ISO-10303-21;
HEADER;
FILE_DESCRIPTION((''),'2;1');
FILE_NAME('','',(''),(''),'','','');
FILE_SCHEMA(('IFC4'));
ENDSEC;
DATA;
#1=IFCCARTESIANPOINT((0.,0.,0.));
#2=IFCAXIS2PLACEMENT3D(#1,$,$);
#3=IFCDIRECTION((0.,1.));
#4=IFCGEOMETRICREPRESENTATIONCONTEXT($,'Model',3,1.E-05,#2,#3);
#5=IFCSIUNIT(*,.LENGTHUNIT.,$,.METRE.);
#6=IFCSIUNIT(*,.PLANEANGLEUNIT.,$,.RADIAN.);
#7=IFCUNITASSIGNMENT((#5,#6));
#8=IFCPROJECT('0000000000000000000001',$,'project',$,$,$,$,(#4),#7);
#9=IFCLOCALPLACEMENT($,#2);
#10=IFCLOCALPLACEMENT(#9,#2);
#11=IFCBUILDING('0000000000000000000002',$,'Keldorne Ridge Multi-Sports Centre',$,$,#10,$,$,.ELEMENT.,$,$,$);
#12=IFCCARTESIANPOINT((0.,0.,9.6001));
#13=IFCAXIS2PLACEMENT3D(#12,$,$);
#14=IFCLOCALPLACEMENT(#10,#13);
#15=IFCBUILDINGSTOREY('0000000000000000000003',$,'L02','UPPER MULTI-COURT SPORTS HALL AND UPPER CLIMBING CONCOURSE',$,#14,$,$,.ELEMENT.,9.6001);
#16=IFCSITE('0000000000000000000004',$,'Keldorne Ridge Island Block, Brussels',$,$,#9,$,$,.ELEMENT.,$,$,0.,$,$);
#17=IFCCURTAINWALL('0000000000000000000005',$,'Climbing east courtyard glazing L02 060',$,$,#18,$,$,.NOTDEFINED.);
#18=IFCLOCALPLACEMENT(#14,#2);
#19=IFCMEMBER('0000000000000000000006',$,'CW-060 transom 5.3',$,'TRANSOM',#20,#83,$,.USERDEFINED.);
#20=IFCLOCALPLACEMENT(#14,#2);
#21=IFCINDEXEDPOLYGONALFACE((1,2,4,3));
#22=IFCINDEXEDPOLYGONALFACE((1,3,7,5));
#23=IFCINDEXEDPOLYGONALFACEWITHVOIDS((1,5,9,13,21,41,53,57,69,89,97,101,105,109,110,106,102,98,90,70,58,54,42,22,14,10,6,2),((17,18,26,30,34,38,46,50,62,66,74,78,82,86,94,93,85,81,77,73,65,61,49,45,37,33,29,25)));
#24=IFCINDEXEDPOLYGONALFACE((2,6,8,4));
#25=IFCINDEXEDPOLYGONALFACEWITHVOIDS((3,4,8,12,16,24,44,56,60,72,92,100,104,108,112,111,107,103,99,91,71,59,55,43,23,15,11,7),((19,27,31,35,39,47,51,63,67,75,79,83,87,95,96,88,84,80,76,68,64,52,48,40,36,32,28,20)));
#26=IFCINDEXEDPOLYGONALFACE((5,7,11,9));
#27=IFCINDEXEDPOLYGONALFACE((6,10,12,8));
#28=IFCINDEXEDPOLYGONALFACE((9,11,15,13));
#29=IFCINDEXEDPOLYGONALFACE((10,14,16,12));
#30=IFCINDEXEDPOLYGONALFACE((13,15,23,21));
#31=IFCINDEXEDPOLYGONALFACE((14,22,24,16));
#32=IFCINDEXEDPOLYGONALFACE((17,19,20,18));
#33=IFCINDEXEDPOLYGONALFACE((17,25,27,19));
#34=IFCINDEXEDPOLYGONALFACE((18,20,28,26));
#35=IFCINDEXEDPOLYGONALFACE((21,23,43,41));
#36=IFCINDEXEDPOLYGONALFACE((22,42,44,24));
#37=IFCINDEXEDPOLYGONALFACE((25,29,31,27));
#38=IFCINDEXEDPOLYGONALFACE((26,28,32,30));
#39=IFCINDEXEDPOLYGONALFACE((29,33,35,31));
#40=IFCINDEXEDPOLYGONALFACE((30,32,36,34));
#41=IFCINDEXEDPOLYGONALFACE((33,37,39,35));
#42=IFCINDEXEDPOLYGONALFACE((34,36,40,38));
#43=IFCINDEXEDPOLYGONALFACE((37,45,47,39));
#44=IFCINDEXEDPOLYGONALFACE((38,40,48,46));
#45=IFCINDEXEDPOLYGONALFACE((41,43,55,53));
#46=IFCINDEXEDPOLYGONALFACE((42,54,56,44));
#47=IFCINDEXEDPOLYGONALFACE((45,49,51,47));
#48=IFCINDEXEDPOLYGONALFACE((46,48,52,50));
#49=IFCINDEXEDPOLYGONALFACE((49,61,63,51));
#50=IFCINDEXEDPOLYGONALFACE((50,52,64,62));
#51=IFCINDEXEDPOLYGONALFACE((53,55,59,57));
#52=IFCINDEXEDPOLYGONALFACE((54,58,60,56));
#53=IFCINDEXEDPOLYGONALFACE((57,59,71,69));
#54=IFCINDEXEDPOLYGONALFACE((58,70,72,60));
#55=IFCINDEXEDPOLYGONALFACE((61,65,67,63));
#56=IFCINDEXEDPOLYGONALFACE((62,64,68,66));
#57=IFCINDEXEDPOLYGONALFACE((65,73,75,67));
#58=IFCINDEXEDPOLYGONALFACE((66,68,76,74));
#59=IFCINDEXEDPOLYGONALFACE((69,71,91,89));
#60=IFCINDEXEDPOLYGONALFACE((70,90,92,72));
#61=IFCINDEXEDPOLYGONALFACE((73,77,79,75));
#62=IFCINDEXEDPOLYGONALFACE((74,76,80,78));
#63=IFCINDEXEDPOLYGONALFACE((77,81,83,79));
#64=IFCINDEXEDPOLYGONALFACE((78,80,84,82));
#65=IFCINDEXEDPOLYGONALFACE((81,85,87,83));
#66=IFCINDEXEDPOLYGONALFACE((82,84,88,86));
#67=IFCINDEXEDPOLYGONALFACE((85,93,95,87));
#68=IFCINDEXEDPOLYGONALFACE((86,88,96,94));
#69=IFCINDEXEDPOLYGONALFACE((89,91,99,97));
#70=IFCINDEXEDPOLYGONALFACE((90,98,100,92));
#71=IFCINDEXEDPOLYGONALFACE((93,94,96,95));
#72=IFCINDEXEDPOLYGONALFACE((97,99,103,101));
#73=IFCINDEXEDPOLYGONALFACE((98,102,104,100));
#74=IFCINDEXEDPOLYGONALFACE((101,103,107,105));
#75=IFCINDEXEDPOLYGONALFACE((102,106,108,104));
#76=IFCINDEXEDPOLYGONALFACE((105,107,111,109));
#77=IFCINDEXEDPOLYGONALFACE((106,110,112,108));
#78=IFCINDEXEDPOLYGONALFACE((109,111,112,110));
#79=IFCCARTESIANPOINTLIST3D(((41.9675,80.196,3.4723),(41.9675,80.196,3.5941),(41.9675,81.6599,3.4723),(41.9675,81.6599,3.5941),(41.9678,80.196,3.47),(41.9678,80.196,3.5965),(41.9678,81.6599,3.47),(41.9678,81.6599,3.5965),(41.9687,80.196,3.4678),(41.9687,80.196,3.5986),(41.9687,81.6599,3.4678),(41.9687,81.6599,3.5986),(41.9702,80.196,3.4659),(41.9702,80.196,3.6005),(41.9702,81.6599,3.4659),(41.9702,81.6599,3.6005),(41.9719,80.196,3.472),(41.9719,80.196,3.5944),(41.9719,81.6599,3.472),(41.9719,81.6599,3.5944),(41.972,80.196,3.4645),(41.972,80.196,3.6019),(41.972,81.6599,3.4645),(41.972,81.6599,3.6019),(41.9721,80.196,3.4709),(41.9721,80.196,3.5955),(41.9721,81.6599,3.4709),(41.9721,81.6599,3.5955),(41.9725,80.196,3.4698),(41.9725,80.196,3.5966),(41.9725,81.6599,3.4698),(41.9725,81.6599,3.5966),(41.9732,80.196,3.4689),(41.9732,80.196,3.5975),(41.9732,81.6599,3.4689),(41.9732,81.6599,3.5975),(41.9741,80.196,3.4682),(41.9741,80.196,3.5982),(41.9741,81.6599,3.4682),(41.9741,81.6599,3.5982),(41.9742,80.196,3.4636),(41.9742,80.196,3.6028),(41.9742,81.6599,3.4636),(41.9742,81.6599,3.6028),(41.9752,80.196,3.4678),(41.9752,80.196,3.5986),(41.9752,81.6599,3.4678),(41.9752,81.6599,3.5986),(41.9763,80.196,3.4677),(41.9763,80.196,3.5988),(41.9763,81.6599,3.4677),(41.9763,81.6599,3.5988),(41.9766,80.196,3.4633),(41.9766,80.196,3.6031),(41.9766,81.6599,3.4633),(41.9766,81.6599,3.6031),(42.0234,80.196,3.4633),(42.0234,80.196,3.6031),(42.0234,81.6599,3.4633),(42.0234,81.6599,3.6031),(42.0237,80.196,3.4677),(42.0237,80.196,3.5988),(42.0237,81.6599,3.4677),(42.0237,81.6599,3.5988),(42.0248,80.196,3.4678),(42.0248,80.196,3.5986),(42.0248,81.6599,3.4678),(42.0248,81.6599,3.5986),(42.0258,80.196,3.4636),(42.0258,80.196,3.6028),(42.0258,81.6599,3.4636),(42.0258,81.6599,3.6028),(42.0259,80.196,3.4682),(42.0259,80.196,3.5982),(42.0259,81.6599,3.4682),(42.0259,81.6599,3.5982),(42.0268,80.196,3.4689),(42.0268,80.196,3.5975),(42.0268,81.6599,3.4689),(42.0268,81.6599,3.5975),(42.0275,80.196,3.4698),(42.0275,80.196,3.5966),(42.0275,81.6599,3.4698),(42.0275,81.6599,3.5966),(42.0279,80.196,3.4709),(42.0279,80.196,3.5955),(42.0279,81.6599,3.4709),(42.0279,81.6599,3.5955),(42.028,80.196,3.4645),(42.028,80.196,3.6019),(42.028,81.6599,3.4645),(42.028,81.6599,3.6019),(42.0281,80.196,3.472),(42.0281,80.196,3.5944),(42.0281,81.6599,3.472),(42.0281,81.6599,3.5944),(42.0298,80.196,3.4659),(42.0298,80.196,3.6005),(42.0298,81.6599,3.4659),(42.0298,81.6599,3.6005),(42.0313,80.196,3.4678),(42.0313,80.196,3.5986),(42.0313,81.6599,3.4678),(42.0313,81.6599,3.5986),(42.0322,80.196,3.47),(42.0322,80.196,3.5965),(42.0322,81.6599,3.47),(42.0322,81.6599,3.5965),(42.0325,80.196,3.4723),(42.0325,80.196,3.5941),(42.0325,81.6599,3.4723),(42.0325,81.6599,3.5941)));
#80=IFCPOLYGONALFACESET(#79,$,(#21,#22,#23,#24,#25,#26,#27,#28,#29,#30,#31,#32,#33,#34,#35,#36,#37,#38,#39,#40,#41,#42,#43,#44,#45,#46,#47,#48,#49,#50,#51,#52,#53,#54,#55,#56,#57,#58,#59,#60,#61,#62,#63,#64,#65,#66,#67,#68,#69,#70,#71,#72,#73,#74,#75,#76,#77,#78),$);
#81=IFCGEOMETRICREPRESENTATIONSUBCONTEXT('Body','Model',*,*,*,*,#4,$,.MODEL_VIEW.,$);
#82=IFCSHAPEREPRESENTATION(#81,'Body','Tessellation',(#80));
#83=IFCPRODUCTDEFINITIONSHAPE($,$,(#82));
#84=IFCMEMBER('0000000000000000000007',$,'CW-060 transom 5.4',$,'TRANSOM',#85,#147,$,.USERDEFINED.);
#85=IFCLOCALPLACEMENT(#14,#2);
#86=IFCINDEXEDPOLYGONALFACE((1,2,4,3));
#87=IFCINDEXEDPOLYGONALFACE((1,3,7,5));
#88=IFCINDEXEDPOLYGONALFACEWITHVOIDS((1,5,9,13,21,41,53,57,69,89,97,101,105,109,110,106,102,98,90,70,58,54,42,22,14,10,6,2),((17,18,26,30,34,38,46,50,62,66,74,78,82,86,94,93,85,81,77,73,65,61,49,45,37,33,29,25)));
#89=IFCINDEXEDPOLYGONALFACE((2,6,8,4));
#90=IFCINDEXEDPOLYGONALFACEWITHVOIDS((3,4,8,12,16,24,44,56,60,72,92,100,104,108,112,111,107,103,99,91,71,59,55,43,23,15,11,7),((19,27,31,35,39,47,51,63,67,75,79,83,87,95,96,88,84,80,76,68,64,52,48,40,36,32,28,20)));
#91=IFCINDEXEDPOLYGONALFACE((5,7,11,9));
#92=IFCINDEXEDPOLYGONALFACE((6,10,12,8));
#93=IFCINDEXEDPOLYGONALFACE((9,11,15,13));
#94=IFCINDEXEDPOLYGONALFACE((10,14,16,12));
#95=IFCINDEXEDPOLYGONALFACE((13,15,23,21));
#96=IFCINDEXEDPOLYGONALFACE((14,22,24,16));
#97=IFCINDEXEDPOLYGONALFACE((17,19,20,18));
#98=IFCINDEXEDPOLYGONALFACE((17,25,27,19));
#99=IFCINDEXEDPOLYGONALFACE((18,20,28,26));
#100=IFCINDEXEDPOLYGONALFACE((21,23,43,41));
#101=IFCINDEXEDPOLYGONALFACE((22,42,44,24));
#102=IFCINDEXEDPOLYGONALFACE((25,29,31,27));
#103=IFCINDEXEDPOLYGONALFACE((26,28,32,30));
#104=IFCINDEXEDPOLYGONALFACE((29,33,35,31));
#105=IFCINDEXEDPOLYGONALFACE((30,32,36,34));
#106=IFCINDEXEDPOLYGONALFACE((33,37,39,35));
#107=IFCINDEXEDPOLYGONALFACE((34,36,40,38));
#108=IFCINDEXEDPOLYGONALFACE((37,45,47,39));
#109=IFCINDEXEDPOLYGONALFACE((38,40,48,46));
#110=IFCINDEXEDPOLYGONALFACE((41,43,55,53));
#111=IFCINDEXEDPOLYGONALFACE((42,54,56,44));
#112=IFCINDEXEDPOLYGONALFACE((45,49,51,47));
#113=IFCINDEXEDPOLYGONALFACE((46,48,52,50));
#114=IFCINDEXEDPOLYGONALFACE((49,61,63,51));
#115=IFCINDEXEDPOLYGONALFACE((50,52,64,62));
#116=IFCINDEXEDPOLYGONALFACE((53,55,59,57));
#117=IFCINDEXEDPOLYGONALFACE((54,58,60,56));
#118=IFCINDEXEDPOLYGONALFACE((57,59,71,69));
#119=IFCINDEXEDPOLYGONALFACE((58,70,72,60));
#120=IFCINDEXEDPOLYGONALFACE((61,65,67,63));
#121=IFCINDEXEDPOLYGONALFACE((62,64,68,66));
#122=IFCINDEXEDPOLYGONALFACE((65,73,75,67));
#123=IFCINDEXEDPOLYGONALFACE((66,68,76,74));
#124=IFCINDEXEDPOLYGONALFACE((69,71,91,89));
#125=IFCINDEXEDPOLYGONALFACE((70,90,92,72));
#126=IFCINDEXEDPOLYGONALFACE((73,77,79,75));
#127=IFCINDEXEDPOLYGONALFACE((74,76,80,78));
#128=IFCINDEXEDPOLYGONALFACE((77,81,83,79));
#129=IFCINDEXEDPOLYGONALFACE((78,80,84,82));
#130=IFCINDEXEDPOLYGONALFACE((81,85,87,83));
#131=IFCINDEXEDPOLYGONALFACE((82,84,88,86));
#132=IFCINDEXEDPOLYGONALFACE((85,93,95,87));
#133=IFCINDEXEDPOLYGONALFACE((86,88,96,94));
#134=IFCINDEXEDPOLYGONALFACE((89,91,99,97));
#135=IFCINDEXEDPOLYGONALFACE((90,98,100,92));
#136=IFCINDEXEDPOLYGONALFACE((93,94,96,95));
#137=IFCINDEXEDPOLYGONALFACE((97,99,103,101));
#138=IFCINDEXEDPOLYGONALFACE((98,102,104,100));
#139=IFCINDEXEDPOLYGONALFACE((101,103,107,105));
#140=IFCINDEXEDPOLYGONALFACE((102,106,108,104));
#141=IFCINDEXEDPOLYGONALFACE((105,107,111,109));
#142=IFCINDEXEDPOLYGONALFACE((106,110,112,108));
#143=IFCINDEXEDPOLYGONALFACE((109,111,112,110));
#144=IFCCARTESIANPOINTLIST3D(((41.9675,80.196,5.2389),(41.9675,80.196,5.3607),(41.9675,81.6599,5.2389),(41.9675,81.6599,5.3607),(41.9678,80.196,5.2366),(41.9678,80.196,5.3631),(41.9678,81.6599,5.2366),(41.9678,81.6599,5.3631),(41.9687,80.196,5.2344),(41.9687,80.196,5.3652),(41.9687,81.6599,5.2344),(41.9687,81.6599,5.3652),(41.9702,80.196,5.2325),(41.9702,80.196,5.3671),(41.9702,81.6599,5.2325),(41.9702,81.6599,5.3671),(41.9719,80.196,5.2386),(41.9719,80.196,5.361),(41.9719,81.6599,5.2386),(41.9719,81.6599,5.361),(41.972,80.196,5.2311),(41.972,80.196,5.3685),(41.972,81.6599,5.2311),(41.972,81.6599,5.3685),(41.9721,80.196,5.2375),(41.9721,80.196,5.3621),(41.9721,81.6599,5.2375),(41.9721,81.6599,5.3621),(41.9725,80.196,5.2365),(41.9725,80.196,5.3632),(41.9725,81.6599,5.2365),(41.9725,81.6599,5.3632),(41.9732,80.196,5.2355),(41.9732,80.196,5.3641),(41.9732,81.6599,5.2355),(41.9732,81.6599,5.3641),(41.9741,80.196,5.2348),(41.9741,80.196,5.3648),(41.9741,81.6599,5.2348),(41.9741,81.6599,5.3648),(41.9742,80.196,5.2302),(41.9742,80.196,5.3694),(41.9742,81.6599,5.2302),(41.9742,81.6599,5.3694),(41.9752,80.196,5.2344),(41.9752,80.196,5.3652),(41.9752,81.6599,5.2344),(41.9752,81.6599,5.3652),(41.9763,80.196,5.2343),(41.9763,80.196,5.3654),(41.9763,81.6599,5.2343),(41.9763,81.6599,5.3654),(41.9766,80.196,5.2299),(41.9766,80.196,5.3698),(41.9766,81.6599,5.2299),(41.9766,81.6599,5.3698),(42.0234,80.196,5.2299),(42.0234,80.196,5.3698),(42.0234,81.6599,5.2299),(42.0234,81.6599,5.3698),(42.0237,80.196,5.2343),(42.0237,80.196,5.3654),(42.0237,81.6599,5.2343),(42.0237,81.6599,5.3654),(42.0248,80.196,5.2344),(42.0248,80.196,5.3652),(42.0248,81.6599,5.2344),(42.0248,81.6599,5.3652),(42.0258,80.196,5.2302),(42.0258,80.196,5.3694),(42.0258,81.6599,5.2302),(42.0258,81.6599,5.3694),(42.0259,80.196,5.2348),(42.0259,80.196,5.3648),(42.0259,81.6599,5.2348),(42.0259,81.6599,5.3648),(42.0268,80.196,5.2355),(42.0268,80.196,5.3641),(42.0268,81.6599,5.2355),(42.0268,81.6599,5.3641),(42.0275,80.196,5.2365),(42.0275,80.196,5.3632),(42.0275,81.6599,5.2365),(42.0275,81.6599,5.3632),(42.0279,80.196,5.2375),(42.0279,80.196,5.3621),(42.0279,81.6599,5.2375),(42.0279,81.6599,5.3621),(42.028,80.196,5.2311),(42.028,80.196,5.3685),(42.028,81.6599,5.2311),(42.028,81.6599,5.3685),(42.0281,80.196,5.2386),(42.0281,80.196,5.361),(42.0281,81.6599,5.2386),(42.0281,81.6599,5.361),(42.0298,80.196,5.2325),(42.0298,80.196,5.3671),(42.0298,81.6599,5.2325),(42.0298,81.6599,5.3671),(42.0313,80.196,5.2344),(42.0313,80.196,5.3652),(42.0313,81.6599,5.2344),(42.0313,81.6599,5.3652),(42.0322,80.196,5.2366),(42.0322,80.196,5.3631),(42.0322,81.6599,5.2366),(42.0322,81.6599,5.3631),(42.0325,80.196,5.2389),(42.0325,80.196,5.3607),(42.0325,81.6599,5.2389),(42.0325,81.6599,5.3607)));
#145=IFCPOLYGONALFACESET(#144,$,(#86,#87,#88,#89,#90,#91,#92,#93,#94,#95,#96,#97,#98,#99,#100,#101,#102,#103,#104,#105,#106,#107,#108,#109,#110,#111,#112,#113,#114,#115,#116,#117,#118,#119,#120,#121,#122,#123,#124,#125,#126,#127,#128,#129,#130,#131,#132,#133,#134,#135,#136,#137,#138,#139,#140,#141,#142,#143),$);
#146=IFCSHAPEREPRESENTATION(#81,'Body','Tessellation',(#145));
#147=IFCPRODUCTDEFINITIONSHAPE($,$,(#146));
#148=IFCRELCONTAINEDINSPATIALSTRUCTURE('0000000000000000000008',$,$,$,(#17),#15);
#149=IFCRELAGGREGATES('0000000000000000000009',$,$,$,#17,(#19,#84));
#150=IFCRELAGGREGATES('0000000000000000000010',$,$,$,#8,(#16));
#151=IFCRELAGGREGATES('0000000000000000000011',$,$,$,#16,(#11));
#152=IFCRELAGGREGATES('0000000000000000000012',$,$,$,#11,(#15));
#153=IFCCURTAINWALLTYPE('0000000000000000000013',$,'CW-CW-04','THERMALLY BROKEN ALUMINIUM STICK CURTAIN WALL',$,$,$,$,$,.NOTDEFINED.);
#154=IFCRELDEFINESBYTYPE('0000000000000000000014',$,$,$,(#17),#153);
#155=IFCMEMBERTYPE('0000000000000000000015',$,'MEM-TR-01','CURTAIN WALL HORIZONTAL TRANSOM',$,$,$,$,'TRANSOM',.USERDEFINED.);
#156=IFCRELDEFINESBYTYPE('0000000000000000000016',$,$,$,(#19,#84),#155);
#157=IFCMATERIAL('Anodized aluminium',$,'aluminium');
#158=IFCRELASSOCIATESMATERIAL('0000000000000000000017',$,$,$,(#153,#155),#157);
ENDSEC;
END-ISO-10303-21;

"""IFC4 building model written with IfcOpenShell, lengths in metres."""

from ifc_helpers import new_model, si_unit, direction, frame, origin, origin_2d, place, context, subcontext, project, spatial, hollow_rectangle, extrude, material, material_profile, profile_set, type_object, element, aggregate, save


model = new_model("IFC4")

# Units and contexts
model_context = context("Model", 3, precision=1e-05, world=origin(), true_north=direction((0.0, 1.0)))
body_context = subcontext(model_context, "Body", "Model", "MODEL_VIEW")
ifc_project = project(units=[si_unit("LENGTHUNIT", "METRE"), si_unit("PLANEANGLEUNIT", "RADIAN")], contexts=[model_context])

# Site, building, storey
site_placement = place(None, origin())
site = spatial("IfcSite", under=ifc_project, at=site_placement, Name="Keldorne Ridge Island Block, Brussels", CompositionType="ELEMENT", RefElevation=0.0)
building_placement = place(site_placement, origin())
building = spatial("IfcBuilding", under=site, at=building_placement, Name="Keldorne Ridge Multi-Sports Centre", CompositionType="ELEMENT")
storey_placement = place(building_placement, frame((0.0, 0.0, 9.6001)))
storey = spatial("IfcBuildingStorey", under=building, at=storey_placement, Name="L02", Description="UPPER MULTI-COURT SPORTS HALL AND UPPER CLIMBING CONCOURSE", CompositionType="ELEMENT", Elevation=9.6001)

# Curtain wall
ifc_material_1 = material(Name="Anodized aluminium", Category="aluminium")
curtain_wall_type = type_object("IfcCurtainWallType", Name="CW-CW-04", Description="THERMALLY BROKEN ALUMINIUM STICK CURTAIN WALL", PredefinedType="NOTDEFINED", material=ifc_material_1)
curtain_wall_placement = place(storey_placement, origin())
curtain_wall = element("IfcCurtainWall", 1, at=curtain_wall_placement, inside=storey, type_object=curtain_wall_type, Name="Climbing east courtyard glazing L02 060", PredefinedType="NOTDEFINED")

# Members
ifc_material_profile_1 = material_profile(ifc_material_1, hollow_rectangle(XDim=0.0649, YDim=0.1399, WallThickness=0.0044, InnerFilletRadius=0.0044, OuterFilletRadius=0.009, at=origin_2d()), Name="ALU TRANSOM 140x65x4.5")
ifc_profile_set_1 = profile_set([ifc_material_profile_1], Name="Anodized aluminium")
member_type_1 = type_object("IfcMemberType", Name="MEM-TR-01", Description="CURTAIN WALL HORIZONTAL TRANSOM", ElementType="TRANSOM", PredefinedType="USERDEFINED", material=ifc_profile_set_1)
member_1_placement = place(storey_placement, frame((42.0, 80.196, 3.5332), z_axis=(0.0, 1.0, 0.0), x_axis=(-1.0, 0.0, 0.0)))
member_1 = element("IfcMember", 2, at=member_1_placement, type_object=member_type_1, Name="CW-060 transom 5.3", ObjectType="TRANSOM", PredefinedType="USERDEFINED", context=body_context, shape_type="SweptSolid", body=[
    extrude(hollow_rectangle(XDim=0.0649, YDim=0.1399, WallThickness=0.0044, InnerFilletRadius=0.0044, OuterFilletRadius=0.009, at=origin_2d()), origin(), (0.0, 0.0, 1.0), 1.4639),
])
member_2_placement = place(storey_placement, frame((42.0, 80.196, 5.2998), z_axis=(0.0, 1.0, 0.0), x_axis=(-1.0, 0.0, 0.0)))
member_2 = element("IfcMember", 3, at=member_2_placement, type_object=member_type_1, Name="CW-060 transom 5.4", ObjectType="TRANSOM", PredefinedType="USERDEFINED", context=body_context, shape_type="SweptSolid", body=[
    extrude(hollow_rectangle(XDim=0.0649, YDim=0.1399, WallThickness=0.0044, InnerFilletRadius=0.0044, OuterFilletRadius=0.009, at=origin_2d()), origin(), (0.0, 0.0, 1.0), 1.4639),
])

aggregate(curtain_wall, [member_1, member_2])

save(model, "model.ifc")
